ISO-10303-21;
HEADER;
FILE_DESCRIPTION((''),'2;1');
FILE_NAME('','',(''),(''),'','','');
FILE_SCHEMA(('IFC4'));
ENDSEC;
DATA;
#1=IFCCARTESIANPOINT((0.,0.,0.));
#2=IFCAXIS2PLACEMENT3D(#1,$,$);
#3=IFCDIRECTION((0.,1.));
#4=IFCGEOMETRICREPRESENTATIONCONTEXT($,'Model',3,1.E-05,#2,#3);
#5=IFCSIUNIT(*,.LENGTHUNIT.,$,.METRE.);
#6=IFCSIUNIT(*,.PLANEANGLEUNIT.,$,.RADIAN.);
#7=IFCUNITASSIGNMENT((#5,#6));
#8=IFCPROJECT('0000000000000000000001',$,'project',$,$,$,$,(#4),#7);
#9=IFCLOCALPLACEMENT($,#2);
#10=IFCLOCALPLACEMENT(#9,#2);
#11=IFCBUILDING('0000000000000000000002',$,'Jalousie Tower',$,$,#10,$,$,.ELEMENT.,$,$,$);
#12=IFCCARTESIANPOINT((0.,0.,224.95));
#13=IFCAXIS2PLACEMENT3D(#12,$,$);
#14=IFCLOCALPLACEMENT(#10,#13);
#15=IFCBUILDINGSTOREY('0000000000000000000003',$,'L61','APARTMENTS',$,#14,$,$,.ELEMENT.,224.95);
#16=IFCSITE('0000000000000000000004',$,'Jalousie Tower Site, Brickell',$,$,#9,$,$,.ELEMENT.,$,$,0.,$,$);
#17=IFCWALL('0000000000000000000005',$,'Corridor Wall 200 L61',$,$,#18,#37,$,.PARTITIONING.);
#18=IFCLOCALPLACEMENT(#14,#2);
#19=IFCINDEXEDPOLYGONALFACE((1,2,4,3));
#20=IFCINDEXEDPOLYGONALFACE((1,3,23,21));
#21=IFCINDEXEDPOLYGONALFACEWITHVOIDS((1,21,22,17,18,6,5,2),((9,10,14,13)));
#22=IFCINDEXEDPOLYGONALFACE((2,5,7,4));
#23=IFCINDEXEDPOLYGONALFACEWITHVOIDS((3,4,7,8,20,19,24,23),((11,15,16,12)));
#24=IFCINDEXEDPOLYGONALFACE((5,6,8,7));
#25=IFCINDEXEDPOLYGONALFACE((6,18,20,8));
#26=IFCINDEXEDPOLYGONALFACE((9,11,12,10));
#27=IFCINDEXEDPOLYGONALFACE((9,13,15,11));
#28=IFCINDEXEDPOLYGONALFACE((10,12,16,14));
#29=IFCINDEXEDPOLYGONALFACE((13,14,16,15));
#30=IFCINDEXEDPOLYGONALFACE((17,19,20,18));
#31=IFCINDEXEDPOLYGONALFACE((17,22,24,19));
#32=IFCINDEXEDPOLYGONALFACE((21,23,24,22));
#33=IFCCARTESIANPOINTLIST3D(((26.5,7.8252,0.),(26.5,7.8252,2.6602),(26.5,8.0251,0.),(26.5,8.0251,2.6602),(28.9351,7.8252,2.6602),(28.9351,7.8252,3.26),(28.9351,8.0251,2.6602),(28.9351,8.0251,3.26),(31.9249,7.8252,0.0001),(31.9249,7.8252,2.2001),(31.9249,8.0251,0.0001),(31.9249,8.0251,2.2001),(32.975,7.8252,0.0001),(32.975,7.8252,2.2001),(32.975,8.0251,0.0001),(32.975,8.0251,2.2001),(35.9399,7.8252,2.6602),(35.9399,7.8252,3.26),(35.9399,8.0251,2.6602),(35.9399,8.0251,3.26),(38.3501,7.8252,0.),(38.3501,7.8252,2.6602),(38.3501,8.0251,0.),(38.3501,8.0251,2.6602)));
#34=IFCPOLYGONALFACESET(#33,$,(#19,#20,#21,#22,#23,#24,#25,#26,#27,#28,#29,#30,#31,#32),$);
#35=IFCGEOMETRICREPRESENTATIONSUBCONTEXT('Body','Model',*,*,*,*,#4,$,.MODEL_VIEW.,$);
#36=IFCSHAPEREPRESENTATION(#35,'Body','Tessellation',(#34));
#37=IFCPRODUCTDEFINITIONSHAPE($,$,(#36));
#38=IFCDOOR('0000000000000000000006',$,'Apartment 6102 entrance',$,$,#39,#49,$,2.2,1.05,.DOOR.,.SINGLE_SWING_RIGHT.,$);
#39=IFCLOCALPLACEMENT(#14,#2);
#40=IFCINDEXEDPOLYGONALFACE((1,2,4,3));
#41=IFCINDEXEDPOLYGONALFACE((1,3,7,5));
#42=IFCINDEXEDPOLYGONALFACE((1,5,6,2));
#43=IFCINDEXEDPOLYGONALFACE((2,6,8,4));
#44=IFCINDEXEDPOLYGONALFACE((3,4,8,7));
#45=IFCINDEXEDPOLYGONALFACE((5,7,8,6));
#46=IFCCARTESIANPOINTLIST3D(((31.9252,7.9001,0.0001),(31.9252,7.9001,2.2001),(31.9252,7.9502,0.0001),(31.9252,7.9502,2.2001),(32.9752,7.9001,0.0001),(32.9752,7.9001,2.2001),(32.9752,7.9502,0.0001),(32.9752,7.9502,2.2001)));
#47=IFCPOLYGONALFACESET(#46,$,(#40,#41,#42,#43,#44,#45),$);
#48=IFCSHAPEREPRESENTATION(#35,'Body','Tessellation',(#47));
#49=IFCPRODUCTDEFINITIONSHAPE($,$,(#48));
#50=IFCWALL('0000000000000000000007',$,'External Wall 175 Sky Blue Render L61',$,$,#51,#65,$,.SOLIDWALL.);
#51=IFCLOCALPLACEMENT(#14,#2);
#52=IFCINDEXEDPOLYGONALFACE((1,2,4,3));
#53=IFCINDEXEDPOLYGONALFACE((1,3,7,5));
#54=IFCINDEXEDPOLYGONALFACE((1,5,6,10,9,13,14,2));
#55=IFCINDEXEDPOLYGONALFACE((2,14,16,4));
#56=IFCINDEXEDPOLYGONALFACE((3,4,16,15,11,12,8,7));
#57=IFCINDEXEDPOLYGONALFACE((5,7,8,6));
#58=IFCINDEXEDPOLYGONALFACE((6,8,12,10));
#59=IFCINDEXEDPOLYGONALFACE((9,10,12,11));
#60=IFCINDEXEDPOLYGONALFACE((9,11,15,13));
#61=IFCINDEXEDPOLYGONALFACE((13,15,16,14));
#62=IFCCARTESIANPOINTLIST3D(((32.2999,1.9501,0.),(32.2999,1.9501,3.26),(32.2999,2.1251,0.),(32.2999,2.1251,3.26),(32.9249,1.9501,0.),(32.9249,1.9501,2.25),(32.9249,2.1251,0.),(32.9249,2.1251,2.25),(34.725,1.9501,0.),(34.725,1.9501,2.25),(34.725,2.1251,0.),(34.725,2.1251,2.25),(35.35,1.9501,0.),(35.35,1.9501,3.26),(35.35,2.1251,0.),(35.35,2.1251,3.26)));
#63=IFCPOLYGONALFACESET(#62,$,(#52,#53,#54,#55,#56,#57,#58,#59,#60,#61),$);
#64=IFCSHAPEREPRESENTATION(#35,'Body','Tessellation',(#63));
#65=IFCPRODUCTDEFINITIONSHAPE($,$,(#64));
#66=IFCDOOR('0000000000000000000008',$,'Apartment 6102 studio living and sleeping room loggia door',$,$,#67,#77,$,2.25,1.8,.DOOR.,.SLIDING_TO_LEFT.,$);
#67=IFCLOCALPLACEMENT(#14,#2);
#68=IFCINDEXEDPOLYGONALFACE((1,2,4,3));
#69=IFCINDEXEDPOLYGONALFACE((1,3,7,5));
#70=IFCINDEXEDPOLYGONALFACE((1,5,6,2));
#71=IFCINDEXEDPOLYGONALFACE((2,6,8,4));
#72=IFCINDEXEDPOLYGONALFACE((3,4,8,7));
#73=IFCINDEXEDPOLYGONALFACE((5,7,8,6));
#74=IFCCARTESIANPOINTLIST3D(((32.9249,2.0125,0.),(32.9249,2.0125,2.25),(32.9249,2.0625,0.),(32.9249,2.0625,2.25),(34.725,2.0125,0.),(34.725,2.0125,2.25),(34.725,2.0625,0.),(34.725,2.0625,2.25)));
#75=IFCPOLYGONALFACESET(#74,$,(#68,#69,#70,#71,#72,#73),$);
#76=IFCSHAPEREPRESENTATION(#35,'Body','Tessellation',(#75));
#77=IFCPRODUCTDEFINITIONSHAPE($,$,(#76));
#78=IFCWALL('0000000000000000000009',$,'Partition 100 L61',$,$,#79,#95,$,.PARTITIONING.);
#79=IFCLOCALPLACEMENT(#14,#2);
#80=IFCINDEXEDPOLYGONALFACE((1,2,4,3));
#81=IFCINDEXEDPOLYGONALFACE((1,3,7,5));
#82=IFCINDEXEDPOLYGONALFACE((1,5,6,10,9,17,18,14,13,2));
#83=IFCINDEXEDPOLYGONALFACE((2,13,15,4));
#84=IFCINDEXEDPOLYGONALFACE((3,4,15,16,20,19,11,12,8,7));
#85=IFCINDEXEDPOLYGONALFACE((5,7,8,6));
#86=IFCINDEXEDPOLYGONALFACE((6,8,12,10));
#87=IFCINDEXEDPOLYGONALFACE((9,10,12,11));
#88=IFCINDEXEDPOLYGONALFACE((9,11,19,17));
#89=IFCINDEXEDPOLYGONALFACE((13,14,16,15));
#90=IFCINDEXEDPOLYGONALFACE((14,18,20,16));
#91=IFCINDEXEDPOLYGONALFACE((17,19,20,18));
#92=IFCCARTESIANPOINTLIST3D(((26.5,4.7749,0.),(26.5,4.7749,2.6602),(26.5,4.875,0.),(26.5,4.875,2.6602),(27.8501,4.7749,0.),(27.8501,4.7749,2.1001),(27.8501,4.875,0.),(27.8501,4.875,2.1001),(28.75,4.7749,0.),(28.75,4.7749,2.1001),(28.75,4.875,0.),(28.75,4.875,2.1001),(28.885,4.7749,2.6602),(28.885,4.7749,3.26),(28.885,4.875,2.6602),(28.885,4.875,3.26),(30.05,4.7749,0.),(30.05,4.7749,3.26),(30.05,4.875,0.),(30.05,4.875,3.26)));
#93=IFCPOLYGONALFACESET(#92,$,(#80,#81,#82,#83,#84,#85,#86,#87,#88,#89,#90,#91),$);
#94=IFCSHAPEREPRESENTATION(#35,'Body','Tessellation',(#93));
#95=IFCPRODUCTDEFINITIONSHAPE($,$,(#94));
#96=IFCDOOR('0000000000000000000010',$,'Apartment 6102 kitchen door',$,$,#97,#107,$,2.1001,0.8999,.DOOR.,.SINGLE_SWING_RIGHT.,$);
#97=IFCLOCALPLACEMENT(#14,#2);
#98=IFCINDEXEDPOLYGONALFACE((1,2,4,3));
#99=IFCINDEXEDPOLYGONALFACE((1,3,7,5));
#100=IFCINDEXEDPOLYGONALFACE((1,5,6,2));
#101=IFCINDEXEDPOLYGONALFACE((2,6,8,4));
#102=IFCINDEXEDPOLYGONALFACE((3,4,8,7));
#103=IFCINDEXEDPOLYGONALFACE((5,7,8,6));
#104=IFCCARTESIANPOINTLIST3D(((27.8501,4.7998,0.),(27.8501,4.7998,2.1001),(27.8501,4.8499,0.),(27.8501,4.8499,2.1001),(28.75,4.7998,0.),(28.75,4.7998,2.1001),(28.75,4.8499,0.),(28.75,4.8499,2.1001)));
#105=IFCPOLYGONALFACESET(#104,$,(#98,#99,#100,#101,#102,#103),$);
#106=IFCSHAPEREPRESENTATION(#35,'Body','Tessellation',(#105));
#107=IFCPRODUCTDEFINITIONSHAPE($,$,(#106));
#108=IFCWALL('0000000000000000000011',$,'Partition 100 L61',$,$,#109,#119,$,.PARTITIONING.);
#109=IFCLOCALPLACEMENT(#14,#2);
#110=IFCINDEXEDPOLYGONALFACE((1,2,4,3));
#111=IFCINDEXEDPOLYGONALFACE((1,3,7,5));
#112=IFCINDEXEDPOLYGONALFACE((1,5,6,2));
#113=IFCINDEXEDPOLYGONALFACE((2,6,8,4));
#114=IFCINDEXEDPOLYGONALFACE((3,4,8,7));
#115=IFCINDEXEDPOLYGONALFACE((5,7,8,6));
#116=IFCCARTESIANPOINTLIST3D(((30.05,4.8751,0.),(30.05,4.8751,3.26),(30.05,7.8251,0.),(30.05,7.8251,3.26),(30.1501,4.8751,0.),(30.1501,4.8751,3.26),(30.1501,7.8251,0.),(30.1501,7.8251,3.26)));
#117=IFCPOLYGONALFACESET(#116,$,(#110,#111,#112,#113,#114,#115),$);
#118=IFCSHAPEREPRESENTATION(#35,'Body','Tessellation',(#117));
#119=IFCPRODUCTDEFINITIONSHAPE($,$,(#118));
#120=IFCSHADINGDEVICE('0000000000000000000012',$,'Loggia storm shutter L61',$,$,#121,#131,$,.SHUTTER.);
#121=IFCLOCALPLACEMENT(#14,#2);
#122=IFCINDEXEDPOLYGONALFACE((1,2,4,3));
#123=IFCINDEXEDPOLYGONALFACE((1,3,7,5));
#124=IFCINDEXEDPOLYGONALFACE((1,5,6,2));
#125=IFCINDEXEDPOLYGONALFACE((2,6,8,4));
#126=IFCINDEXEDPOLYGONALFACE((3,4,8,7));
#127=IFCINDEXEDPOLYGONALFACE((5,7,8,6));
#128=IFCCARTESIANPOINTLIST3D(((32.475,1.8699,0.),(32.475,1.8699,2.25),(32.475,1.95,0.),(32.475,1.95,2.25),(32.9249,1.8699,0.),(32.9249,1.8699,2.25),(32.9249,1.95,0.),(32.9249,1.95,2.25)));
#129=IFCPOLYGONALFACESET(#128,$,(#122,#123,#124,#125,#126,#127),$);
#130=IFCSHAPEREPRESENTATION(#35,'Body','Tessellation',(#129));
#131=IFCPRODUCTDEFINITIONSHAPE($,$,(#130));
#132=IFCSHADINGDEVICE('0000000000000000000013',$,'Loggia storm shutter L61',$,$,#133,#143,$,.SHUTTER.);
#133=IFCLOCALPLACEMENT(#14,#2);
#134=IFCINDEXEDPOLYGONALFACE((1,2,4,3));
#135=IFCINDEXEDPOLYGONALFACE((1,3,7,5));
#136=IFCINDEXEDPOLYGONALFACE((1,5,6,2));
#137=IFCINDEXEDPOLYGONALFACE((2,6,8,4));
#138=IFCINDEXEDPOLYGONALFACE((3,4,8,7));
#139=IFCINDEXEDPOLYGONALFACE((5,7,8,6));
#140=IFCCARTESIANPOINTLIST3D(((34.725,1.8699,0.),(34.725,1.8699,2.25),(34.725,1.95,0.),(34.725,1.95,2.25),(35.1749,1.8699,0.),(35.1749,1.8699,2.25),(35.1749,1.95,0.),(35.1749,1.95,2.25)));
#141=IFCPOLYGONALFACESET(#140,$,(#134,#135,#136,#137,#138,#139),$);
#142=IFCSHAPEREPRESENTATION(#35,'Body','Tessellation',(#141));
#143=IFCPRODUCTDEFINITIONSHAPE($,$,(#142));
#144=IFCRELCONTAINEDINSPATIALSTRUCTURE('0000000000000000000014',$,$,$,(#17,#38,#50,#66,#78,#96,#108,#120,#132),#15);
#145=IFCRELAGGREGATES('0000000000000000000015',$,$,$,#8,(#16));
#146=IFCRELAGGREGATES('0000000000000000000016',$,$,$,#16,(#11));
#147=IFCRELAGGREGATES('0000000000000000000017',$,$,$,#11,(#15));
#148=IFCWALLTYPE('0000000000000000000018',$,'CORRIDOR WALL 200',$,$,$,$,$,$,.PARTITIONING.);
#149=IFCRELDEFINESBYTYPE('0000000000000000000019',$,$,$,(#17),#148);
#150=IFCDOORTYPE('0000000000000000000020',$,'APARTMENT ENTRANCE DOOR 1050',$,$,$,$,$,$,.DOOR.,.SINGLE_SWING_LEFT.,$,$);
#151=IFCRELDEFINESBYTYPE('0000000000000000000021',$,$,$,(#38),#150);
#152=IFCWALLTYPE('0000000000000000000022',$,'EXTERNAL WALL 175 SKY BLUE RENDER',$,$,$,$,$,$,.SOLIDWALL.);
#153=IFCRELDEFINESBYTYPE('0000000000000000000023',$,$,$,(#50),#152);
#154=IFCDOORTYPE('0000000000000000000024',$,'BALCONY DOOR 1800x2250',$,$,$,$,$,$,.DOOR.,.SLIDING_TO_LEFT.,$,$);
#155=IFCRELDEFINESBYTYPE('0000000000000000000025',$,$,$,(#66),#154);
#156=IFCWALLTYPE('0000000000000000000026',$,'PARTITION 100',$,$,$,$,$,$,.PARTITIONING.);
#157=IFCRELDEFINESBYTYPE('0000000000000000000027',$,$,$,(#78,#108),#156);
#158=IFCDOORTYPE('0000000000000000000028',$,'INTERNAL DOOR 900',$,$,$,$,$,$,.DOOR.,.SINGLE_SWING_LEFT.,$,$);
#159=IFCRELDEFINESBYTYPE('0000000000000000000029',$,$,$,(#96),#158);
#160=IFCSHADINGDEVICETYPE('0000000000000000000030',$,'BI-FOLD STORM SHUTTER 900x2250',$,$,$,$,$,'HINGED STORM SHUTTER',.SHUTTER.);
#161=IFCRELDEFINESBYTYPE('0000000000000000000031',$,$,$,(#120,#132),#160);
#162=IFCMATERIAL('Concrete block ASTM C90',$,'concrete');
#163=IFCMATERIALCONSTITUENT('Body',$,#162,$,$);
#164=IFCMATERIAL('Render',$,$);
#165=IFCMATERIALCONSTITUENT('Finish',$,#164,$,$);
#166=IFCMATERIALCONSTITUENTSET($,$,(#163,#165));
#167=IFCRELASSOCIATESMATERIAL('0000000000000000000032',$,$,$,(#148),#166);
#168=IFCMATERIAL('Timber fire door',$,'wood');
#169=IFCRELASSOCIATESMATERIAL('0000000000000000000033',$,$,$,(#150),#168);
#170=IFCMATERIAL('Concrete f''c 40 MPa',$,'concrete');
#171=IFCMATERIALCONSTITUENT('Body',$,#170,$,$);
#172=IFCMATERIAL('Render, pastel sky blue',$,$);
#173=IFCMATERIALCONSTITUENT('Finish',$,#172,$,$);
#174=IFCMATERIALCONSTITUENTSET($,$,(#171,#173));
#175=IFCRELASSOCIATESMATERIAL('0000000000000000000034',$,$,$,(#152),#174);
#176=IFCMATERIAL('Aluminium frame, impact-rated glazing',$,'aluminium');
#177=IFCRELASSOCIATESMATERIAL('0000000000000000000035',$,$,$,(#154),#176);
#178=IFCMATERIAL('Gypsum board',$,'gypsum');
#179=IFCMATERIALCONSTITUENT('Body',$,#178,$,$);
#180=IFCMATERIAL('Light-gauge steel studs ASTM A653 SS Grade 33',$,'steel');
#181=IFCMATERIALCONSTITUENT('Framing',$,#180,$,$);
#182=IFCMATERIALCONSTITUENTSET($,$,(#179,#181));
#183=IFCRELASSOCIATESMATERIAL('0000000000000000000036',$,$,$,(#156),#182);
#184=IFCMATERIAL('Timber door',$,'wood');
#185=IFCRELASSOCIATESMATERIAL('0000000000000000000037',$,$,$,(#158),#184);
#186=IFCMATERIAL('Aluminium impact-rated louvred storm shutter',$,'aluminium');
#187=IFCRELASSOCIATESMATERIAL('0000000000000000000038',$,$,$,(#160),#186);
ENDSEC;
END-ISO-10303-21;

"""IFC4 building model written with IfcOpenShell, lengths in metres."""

from ifc_helpers import new_model, si_unit, direction, frame, frame_2d, origin, origin_2d, place, context, subcontext, project, spatial, polyline, rectangle, outline, extrude, material, constituent, constituent_set, type_object, element, fill, save


model = new_model("IFC4")

# Units and contexts
model_context = context("Model", 3, precision=1e-05, world=origin(), true_north=direction((0.0, 1.0)))
body_context = subcontext(model_context, "Body", "Model", "MODEL_VIEW")
ifc_project = project(units=[si_unit("LENGTHUNIT", "METRE"), si_unit("PLANEANGLEUNIT", "RADIAN")], contexts=[model_context])

# Site, building, storey
site_placement = place(None, origin())
site = spatial("IfcSite", under=ifc_project, at=site_placement, Name="Jalousie Tower Site, Brickell", CompositionType="ELEMENT", RefElevation=0.0)
building_placement = place(site_placement, origin())
building = spatial("IfcBuilding", under=site, at=building_placement, Name="Jalousie Tower", CompositionType="ELEMENT")
storey_placement = place(building_placement, frame((0.0, 0.0, 224.95)))
storey = spatial("IfcBuildingStorey", under=building, at=storey_placement, Name="L61", Description="APARTMENTS", CompositionType="ELEMENT", Elevation=224.95)

# Walls, openings, doors
ifc_material_1 = material(Name="Concrete block ASTM C90", Category="concrete")
ifc_constituent_1 = constituent(ifc_material_1, Name="Body")
ifc_material_2 = material(Name="Render")
ifc_constituent_2 = constituent(ifc_material_2, Name="Finish")
ifc_constituent_set_1 = constituent_set(constituents=[ifc_constituent_1, ifc_constituent_2])
wall_type_1 = type_object("IfcWallType", Name="CORRIDOR WALL 200", PredefinedType="PARTITIONING", material=ifc_constituent_set_1)
wall_1_placement = place(storey_placement, frame((26.5, 7.925, 0.0), z_axis=(0.0, 0.0, 1.0), x_axis=(1.0, 0.0, 0.0)))
wall_1 = element("IfcWall", 1, at=wall_1_placement, inside=storey, type_object=wall_type_1, Name="Corridor Wall 200 L61", PredefinedType="PARTITIONING", context=body_context, shape_type="SweptSolid", body=[
    extrude(outline(polyline([(0.0, 0.0), (11.8501, 0.0), (11.8501, 3.26), (11.8501, 2.6602), (9.4399, 2.6602), (9.4399, 3.26), (2.4351, 3.26), (2.4351, 2.6602), (0.0, 2.6602), (0.0, 3.26), (0.0, 0.0)])), frame((0.0, 0.1001, 0.0), z_axis=(0.0, -1.0, 0.0), x_axis=(1.0, 0.0, 0.0)), (0.0, 0.0, 1.0), 0.2),
])
opening_1_placement = place(wall_1_placement, frame((5.425, 0.0, 0.0)))
opening_1 = element("IfcOpeningElement", 2, at=opening_1_placement, cuts=wall_1, PredefinedType="OPENING", context=body_context, shape_type="SweptSolid", body=[
    extrude(rectangle(XDim=1.05, YDim=2.2, at=frame_2d((0.5249, 1.1001))), frame((0.0, 0.1099, 0.0), z_axis=(0.0, -1.0, 0.0), x_axis=(1.0, 0.0, 0.0)), (0.0, 0.0, 1.0), 0.22),
])
ifc_material_3 = material(Name="Timber fire door", Category="wood")
door_type_1 = type_object("IfcDoorType", Name="APARTMENT ENTRANCE DOOR 1050", OperationType="SINGLE_SWING_LEFT", PredefinedType="DOOR", material=ifc_material_3)
door_1_placement = place(opening_1_placement, frame((1.05, 0.0, 0.0), z_axis=(0.0, 0.0, 1.0), x_axis=(-1.0, 0.0, 0.0)))
door_1 = element("IfcDoor", 3, at=door_1_placement, inside=storey, type_object=door_type_1, Name="Apartment 6102 entrance", OperationType="SINGLE_SWING_RIGHT", OverallHeight=2.2, OverallWidth=1.05, PredefinedType="DOOR", context=body_context, shape_type="SweptSolid", body=[
    extrude(rectangle(XDim=1.05, YDim=2.2, at=frame_2d((0.5249, 1.1001))), frame((0.0, 0.0249, 0.0), z_axis=(0.0, -1.0, 0.0), x_axis=(1.0, 0.0, 0.0)), (0.0, 0.0, 1.0), 0.05),
])
fill(opening_1, door_1)
ifc_material_4 = material(Name="Concrete f'c 40 MPa", Category="concrete")
ifc_constituent_3 = constituent(ifc_material_4, Name="Body")
ifc_material_5 = material(Name="Render, pastel sky blue")
ifc_constituent_4 = constituent(ifc_material_5, Name="Finish")
ifc_constituent_set_2 = constituent_set(constituents=[ifc_constituent_3, ifc_constituent_4])
wall_type_2 = type_object("IfcWallType", Name="EXTERNAL WALL 175 SKY BLUE RENDER", PredefinedType="SOLIDWALL", material=ifc_constituent_set_2)
wall_2_placement = place(storey_placement, frame((32.3, 2.0376, 0.0), z_axis=(0.0, 0.0, 1.0), x_axis=(1.0, 0.0, 0.0)))
wall_2 = element("IfcWall", 4, at=wall_2_placement, inside=storey, type_object=wall_type_2, Name="External Wall 175 Sky Blue Render L61", PredefinedType="SOLIDWALL", context=body_context, shape_type="SweptSolid", body=[
    extrude(rectangle(XDim=3.05, YDim=0.175, at=frame_2d((1.5249, 0.0))), origin(), (0.0, 0.0, 1.0), 3.26),
])
opening_2_placement = place(wall_2_placement, frame((0.625, 0.0, 0.0)))
opening_2 = element("IfcOpeningElement", 5, at=opening_2_placement, cuts=wall_2, PredefinedType="OPENING", context=body_context, shape_type="SweptSolid", body=[
    extrude(rectangle(XDim=1.8, YDim=2.25, at=frame_2d((0.8999, 1.125))), frame((0.0, 0.0974, 0.0), z_axis=(0.0, -1.0, 0.0), x_axis=(1.0, 0.0, 0.0)), (0.0, 0.0, 1.0), 0.1951),
])
ifc_material_6 = material(Name="Aluminium frame, impact-rated glazing", Category="aluminium")
door_type_2 = type_object("IfcDoorType", Name="BALCONY DOOR 1800x2250", OperationType="SLIDING_TO_LEFT", PredefinedType="DOOR", material=ifc_material_6)
door_2_placement = place(opening_2_placement, origin())
door_2 = element("IfcDoor", 6, at=door_2_placement, inside=storey, type_object=door_type_2, Name="Apartment 6102 studio living and sleeping room loggia door", OperationType="SLIDING_TO_LEFT", OverallHeight=2.25, OverallWidth=1.8, PredefinedType="DOOR", context=body_context, shape_type="SweptSolid", body=[
    extrude(rectangle(XDim=1.8, YDim=2.25, at=frame_2d((0.8999, 1.125))), frame((0.0, 0.0249, 0.0), z_axis=(0.0, -1.0, 0.0), x_axis=(1.0, 0.0, 0.0)), (0.0, 0.0, 1.0), 0.05),
])
fill(opening_2, door_2)
ifc_material_7 = material(Name="Gypsum board", Category="gypsum")
ifc_constituent_5 = constituent(ifc_material_7, Name="Body")
ifc_material_8 = material(Name="Light-gauge steel studs ASTM A653 SS Grade 33", Category="steel")
ifc_constituent_6 = constituent(ifc_material_8, Name="Framing")
ifc_constituent_set_3 = constituent_set(constituents=[ifc_constituent_5, ifc_constituent_6])
wall_type_3 = type_object("IfcWallType", Name="PARTITION 100", PredefinedType="PARTITIONING", material=ifc_constituent_set_3)
wall_3_placement = place(storey_placement, frame((26.5, 4.825, 0.0), z_axis=(0.0, 0.0, 1.0), x_axis=(1.0, 0.0, 0.0)))
wall_3 = element("IfcWall", 7, at=wall_3_placement, inside=storey, type_object=wall_type_3, Name="Partition 100 L61", PredefinedType="PARTITIONING", context=body_context, shape_type="SweptSolid", body=[
    extrude(outline(polyline([(0.0, 0.0), (3.55, 0.0), (3.55, 3.26), (2.385, 3.26), (2.385, 2.6602), (0.0, 2.6602), (0.0, 3.26), (0.0, 0.0)])), frame((0.0, 0.05, 0.0), z_axis=(0.0, -1.0, 0.0), x_axis=(1.0, 0.0, 0.0)), (0.0, 0.0, 1.0), 0.1001),
])
opening_3_placement = place(wall_3_placement, frame((1.3501, 0.0, 0.0)))
opening_3 = element("IfcOpeningElement", 8, at=opening_3_placement, cuts=wall_3, PredefinedType="OPENING", context=body_context, shape_type="SweptSolid", body=[
    extrude(rectangle(XDim=0.8999, YDim=2.1001, at=frame_2d((0.45, 1.05))), frame((0.0, 0.0601, 0.0), z_axis=(0.0, -1.0, 0.0), x_axis=(1.0, 0.0, 0.0)), (0.0, 0.0, 1.0), 0.1201),
])
ifc_material_9 = material(Name="Timber door", Category="wood")
door_type_3 = type_object("IfcDoorType", Name="INTERNAL DOOR 900", OperationType="SINGLE_SWING_LEFT", PredefinedType="DOOR", material=ifc_material_9)
door_3_placement = place(opening_3_placement, origin())
door_3 = element("IfcDoor", 9, at=door_3_placement, inside=storey, type_object=door_type_3, Name="Apartment 6102 kitchen door", OperationType="SINGLE_SWING_RIGHT", OverallHeight=2.1001, OverallWidth=0.8999, PredefinedType="DOOR", context=body_context, shape_type="SweptSolid", body=[
    extrude(rectangle(XDim=0.8999, YDim=2.1001, at=frame_2d((0.45, 1.05))), frame((0.0, 0.0249, 0.0), z_axis=(0.0, -1.0, 0.0), x_axis=(1.0, 0.0, 0.0)), (0.0, 0.0, 1.0), 0.05),
])
fill(opening_3, door_3)

# Wall
wall_4_placement = place(storey_placement, frame((30.1001, 4.875, 0.0), z_axis=(0.0, 0.0, 1.0), x_axis=(0.0, 1.0, 0.0)))
element("IfcWall", 10, at=wall_4_placement, inside=storey, type_object=wall_type_3, Name="Partition 100 L61", PredefinedType="PARTITIONING", context=body_context, shape_type="SweptSolid", body=[
    extrude(rectangle(XDim=2.95, YDim=0.1001, at=frame_2d((1.4751, 0.0))), origin(), (0.0, 0.0, 1.0), 3.26),
])

# Shading devices
ifc_material_10 = material(Name="Aluminium impact-rated louvred storm shutter", Category="aluminium")
shading_device_type = type_object("IfcShadingDeviceType", Name="BI-FOLD STORM SHUTTER 900x2250", ElementType="HINGED STORM SHUTTER", PredefinedType="SHUTTER", material=ifc_material_10)
for number, where, z_axis, x_axis, name in (
    (11, (32.7, 1.9099, 0.0), (0.0, 0.0, 1.0), (1.0, 0.0, 0.0), "Loggia storm shutter L61"),
    (12, (34.95, 1.9099, 0.0), (0.0, 0.0, 1.0), (1.0, 0.0, 0.0), "Loggia storm shutter L61"),
):
    element("IfcShadingDevice", number, at=place(storey_placement, frame(where, z_axis=z_axis, x_axis=x_axis)), inside=storey, type_object=shading_device_type, Name=name, PredefinedType="SHUTTER", context=body_context, shape_type="SweptSolid", body=[
        extrude(rectangle(XDim=0.45, YDim=0.0801, at=origin_2d()), origin(), (0.0, 0.0, 1.0), 2.25),
    ])

save(model, "model.ifc")
